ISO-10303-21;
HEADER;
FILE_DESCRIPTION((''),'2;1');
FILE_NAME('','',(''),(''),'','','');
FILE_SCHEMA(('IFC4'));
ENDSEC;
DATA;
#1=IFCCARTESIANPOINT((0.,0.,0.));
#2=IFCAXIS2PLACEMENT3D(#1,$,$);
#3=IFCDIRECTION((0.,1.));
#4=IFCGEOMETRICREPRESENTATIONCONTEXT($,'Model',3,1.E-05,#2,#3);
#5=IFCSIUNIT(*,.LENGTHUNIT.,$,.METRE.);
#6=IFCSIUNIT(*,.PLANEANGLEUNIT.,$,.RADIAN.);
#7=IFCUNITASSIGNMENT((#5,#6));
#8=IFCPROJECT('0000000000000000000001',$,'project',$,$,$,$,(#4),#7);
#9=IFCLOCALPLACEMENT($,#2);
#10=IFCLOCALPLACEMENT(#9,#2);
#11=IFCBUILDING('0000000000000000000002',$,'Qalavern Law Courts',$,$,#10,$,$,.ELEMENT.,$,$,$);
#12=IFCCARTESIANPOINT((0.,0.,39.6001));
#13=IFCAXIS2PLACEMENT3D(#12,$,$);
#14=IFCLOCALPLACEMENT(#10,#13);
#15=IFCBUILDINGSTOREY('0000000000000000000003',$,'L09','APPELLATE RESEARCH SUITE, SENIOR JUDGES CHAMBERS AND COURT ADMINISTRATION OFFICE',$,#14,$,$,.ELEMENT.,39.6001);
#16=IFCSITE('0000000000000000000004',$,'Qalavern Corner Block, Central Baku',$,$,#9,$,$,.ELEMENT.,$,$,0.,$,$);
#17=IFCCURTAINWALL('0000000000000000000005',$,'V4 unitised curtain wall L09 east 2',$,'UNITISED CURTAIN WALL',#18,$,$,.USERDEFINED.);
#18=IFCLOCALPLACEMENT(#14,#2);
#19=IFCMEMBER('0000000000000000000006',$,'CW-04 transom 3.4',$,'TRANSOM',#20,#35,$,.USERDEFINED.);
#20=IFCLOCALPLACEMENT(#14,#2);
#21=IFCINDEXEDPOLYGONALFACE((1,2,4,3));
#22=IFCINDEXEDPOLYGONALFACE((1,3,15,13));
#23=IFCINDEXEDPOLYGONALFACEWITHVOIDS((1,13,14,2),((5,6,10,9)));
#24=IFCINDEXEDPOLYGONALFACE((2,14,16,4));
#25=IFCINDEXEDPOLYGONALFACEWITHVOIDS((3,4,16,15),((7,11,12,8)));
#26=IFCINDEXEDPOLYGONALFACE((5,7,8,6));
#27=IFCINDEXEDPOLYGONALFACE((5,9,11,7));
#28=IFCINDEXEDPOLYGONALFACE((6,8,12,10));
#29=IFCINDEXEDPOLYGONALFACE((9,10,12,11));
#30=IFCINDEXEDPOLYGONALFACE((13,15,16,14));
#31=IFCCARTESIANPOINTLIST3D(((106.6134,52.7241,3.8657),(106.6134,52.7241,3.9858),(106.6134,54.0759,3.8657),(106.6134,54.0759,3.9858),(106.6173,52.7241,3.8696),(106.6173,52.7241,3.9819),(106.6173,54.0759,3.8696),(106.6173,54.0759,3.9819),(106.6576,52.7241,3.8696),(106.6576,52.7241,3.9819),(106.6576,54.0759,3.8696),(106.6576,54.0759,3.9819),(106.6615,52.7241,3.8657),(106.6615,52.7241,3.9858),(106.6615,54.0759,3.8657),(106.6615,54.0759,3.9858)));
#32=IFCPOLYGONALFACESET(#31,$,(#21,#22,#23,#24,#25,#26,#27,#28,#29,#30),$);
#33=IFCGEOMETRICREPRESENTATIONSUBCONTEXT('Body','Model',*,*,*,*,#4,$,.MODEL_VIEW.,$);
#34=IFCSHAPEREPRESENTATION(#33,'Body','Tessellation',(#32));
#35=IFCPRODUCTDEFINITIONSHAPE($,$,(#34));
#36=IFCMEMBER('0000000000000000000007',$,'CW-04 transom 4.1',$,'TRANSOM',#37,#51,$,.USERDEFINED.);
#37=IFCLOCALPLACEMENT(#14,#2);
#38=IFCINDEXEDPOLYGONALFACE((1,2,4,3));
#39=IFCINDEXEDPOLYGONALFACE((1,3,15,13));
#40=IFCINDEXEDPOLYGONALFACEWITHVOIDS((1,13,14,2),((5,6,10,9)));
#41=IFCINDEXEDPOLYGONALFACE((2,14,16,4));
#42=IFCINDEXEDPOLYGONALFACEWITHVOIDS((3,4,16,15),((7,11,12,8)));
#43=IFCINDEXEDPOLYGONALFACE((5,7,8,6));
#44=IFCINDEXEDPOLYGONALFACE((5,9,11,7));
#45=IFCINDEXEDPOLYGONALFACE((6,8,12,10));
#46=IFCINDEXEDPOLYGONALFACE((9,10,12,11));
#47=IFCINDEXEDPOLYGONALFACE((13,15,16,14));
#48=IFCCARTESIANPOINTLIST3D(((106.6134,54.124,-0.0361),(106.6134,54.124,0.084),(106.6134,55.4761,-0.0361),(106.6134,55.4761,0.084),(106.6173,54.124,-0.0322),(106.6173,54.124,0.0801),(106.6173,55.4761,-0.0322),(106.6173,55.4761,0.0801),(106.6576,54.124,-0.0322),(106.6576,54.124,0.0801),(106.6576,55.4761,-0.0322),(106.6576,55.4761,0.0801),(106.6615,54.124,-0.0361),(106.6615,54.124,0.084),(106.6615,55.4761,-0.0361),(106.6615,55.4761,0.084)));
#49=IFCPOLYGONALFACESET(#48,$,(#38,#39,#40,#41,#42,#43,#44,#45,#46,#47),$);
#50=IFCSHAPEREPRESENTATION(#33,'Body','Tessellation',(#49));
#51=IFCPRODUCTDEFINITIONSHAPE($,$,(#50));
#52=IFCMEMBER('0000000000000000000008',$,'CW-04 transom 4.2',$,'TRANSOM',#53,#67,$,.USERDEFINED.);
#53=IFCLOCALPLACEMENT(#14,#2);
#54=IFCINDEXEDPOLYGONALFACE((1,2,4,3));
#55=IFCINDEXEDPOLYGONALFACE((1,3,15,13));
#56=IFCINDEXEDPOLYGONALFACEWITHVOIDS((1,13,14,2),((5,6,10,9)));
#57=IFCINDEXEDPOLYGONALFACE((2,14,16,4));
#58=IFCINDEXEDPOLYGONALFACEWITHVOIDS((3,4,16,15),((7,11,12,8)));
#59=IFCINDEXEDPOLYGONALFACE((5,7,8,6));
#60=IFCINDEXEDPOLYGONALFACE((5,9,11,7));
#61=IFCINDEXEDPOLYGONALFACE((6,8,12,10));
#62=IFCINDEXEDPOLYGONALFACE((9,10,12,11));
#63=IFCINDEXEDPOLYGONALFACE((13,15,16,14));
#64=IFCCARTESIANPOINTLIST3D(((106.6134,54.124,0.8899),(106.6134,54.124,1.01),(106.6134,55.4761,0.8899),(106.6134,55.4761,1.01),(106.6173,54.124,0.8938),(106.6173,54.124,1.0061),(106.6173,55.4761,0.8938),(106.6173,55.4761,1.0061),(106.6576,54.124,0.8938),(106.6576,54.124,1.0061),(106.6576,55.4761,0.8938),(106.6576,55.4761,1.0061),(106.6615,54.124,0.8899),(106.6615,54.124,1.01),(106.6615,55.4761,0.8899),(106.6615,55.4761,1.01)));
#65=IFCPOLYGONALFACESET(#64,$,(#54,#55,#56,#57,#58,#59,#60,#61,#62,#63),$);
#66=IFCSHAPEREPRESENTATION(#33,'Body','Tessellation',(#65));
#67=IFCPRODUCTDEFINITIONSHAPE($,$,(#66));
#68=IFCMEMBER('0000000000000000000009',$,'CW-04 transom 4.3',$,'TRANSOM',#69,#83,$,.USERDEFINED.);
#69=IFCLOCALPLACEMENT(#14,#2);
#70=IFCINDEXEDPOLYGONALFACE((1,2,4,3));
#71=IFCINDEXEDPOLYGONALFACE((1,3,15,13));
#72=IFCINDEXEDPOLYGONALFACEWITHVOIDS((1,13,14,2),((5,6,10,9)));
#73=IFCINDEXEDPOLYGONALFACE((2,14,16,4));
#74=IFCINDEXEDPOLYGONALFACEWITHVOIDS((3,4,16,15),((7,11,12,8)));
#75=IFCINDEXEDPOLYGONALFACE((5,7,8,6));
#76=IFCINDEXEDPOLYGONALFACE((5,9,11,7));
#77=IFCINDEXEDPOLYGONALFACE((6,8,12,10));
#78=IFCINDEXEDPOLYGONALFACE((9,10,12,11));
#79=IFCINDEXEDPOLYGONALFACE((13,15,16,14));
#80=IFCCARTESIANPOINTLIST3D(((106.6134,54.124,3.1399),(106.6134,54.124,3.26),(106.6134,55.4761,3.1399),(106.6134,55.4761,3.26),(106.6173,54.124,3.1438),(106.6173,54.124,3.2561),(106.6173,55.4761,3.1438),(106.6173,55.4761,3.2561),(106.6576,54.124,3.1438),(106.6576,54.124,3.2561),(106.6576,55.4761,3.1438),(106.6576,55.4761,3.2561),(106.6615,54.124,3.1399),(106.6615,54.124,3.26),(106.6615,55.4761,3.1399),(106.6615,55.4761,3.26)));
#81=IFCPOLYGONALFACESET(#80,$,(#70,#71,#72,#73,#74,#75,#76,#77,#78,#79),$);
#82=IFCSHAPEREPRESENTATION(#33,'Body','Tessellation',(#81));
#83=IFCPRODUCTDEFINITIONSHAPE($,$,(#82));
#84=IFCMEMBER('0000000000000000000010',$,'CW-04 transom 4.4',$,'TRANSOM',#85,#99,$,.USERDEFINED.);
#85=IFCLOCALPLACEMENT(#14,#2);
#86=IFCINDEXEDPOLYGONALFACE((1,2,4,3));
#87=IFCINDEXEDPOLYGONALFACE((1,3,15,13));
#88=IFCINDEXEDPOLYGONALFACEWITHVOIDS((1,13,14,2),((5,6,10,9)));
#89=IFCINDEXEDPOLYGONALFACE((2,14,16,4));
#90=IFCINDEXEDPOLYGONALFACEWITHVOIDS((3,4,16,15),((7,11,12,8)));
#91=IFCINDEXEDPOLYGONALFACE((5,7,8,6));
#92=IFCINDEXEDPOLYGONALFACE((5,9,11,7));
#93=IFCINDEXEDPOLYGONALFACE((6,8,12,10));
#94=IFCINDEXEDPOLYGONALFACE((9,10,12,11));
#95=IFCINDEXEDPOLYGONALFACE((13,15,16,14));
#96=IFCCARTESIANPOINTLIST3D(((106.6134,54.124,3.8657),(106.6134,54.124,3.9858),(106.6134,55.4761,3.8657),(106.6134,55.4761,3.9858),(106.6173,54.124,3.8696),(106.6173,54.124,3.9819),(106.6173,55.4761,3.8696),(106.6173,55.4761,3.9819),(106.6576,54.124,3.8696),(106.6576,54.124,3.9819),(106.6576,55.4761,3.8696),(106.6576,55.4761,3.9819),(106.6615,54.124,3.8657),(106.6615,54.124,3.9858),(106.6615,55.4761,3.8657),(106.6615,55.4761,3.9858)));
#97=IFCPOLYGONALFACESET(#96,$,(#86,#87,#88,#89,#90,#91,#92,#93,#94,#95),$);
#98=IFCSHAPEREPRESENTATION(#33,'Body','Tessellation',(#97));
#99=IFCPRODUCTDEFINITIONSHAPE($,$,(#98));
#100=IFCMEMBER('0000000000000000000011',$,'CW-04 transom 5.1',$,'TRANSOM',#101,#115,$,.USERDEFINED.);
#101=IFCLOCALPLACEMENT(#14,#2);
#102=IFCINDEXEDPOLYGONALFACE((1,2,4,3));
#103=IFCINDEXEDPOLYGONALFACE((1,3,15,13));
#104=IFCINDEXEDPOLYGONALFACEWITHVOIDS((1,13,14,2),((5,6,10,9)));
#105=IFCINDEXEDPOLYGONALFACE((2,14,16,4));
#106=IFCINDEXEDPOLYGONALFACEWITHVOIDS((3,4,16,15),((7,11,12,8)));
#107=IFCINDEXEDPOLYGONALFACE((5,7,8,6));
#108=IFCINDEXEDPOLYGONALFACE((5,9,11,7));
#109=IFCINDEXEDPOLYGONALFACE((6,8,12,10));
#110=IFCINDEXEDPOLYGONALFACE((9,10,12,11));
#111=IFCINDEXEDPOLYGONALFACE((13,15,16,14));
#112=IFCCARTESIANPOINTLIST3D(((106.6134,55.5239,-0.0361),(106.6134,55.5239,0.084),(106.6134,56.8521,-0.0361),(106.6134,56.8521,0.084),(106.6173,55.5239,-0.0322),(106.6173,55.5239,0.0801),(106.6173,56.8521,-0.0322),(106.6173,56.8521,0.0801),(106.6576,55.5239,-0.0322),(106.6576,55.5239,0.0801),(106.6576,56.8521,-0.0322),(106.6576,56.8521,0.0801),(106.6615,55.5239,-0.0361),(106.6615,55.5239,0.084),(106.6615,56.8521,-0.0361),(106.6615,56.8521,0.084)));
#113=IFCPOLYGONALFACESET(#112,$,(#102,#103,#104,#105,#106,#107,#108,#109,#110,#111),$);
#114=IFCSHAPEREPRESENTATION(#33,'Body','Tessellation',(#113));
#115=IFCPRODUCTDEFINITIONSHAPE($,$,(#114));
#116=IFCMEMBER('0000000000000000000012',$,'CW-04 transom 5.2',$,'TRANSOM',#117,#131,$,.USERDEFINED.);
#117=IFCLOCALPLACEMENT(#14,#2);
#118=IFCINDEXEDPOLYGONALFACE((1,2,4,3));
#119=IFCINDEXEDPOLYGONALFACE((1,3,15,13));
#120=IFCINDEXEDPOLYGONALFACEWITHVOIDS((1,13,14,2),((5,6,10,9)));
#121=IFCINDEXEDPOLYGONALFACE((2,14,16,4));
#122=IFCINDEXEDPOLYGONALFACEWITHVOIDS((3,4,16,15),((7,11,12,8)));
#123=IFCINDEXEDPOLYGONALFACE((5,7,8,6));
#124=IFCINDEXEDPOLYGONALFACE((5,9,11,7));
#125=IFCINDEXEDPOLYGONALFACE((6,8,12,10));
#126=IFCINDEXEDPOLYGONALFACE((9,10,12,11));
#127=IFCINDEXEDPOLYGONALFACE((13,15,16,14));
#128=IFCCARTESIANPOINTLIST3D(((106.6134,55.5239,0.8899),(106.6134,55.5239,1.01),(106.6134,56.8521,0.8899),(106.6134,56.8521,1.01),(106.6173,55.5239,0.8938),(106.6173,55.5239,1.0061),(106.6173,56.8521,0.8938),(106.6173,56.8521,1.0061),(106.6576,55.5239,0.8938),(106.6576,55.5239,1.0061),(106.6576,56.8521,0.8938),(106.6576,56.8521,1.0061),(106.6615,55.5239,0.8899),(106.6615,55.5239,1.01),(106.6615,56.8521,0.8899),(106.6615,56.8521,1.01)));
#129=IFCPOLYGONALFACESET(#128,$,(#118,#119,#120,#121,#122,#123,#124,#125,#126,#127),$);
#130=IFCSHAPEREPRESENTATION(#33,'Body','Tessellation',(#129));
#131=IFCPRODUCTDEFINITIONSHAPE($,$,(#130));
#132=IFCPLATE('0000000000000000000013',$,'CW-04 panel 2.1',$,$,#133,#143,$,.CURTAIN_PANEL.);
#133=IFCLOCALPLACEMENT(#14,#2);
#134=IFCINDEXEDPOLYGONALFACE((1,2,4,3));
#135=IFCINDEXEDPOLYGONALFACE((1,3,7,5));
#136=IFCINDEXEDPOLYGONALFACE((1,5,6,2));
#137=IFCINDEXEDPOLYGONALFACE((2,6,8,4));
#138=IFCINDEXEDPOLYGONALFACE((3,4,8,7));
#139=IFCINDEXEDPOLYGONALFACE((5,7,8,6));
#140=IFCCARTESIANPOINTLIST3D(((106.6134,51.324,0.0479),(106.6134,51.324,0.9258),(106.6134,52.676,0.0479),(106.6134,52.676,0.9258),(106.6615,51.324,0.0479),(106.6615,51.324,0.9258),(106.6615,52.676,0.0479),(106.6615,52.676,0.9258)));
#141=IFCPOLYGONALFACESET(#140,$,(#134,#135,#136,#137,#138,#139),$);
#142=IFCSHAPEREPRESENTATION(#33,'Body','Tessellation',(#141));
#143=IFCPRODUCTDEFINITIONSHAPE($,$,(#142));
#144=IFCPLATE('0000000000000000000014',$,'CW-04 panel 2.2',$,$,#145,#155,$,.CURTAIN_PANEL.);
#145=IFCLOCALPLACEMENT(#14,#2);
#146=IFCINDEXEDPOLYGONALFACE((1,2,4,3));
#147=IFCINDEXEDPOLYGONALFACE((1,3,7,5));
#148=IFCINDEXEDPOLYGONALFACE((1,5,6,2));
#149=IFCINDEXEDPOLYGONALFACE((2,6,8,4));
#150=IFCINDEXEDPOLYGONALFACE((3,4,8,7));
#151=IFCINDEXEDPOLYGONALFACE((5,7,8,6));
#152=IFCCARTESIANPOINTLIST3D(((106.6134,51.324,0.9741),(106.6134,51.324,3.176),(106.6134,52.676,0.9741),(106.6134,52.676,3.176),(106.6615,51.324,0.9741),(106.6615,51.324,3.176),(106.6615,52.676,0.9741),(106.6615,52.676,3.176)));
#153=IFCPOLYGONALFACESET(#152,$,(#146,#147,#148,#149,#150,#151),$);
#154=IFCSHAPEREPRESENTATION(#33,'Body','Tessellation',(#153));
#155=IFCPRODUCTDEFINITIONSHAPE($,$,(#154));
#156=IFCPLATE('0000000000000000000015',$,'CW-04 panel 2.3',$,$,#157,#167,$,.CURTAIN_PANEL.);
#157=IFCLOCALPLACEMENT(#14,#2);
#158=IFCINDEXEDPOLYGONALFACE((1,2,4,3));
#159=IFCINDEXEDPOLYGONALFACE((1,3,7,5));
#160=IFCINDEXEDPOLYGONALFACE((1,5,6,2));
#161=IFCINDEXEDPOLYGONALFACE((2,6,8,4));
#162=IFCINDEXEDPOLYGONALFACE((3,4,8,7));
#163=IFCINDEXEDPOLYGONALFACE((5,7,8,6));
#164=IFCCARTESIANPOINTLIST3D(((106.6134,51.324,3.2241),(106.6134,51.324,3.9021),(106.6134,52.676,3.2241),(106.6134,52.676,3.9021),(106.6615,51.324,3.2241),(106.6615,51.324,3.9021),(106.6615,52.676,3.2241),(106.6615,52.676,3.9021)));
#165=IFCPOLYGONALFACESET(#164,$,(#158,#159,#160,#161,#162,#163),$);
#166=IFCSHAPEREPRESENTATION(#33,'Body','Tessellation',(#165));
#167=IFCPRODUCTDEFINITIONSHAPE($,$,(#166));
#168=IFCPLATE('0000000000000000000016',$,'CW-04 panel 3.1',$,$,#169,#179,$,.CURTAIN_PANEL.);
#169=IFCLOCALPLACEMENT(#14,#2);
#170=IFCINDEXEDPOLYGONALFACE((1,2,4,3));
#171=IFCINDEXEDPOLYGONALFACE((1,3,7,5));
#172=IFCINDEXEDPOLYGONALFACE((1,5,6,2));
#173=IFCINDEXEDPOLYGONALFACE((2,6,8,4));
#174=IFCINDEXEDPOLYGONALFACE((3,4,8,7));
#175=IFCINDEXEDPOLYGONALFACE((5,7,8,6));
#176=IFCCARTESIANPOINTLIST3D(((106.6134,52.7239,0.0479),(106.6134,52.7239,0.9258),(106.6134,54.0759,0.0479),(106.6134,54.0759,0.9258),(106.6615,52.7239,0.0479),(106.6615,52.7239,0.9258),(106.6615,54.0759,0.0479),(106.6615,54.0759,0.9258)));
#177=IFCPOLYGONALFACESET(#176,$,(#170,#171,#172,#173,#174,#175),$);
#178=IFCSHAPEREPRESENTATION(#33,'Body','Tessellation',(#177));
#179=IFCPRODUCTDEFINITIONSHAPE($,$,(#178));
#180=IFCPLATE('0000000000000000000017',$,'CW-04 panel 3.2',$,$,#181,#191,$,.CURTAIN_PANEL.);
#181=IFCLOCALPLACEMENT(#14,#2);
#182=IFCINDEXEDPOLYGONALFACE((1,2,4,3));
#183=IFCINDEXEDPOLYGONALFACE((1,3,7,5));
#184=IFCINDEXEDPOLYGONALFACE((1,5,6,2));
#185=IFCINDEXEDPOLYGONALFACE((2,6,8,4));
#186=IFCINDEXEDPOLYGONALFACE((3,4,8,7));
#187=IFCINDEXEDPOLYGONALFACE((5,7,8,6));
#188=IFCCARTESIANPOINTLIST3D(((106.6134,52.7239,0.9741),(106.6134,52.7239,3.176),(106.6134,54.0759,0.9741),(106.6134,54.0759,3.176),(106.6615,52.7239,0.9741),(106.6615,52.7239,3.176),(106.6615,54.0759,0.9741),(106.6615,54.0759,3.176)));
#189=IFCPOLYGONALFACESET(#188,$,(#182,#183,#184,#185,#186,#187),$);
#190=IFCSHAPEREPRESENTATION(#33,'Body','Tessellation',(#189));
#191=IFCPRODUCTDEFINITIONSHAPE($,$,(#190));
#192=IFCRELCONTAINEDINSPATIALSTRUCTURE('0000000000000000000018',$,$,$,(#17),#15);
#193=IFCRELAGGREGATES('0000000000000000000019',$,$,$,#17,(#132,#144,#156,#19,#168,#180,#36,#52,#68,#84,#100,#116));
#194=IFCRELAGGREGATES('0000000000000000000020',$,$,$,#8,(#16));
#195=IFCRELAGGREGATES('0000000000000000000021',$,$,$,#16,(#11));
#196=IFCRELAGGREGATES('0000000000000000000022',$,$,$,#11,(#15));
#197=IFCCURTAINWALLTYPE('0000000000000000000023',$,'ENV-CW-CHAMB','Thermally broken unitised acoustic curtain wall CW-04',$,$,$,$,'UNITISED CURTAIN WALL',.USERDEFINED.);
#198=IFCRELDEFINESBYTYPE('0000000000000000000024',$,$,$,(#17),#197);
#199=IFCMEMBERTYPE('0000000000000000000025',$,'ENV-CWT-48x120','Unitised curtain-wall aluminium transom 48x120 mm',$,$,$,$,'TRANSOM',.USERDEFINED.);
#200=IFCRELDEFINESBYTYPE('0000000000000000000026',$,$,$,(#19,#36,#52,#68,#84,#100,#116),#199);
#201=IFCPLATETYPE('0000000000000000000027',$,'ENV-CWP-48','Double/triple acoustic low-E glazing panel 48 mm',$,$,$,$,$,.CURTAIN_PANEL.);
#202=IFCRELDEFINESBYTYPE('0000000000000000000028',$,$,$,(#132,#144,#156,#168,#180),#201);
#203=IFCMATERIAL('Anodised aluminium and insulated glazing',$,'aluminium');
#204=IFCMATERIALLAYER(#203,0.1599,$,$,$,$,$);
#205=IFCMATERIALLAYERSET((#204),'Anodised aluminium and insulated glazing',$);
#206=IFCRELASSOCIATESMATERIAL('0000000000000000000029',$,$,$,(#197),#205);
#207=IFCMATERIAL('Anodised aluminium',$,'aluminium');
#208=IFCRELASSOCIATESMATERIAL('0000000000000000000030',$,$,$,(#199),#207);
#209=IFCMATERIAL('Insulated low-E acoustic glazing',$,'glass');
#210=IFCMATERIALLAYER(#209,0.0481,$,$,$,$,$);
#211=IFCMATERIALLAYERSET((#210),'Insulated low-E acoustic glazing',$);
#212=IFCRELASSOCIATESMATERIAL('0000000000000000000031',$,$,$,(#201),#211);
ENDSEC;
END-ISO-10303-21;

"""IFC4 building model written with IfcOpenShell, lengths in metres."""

from ifc_helpers import new_model, si_unit, direction, frame, origin, origin_2d, place, context, subcontext, project, spatial, rectangle, hollow_rectangle, extrude, material, layer, layer_set, material_profile, profile_set, type_object, element, aggregate, save


model = new_model("IFC4")

# Units and contexts
model_context = context("Model", 3, precision=1e-05, world=origin(), true_north=direction((0.0, 1.0)))
body_context = subcontext(model_context, "Body", "Model", "MODEL_VIEW")
ifc_project = project(units=[si_unit("LENGTHUNIT", "METRE"), si_unit("PLANEANGLEUNIT", "RADIAN")], contexts=[model_context])

# Site, building, storey
site_placement = place(None, origin())
site = spatial("IfcSite", under=ifc_project, at=site_placement, Name="Qalavern Corner Block, Central Baku", CompositionType="ELEMENT", RefElevation=0.0)
building_placement = place(site_placement, origin())
building = spatial("IfcBuilding", under=site, at=building_placement, Name="Qalavern Law Courts", CompositionType="ELEMENT")
storey_placement = place(building_placement, frame((0.0, 0.0, 39.6001)))
storey = spatial("IfcBuildingStorey", under=building, at=storey_placement, Name="L09", Description="APPELLATE RESEARCH SUITE, SENIOR JUDGES CHAMBERS AND COURT ADMINISTRATION OFFICE", CompositionType="ELEMENT", Elevation=39.6001)

# Curtain wall, members, plates
ifc_material_1 = material(Name="Anodised aluminium and insulated glazing", Category="aluminium")
ifc_layer_1 = layer(ifc_material_1, 0.1599)
ifc_layer_set_1 = layer_set([ifc_layer_1], Name="Anodised aluminium and insulated glazing")
curtain_wall_type = type_object("IfcCurtainWallType", Name="ENV-CW-CHAMB", Description="Thermally broken unitised acoustic curtain wall CW-04", ElementType="UNITISED CURTAIN WALL", PredefinedType="USERDEFINED", material=ifc_layer_set_1)
curtain_wall_placement = place(storey_placement, origin())
curtain_wall = element("IfcCurtainWall", 1, at=curtain_wall_placement, inside=storey, type_object=curtain_wall_type, Name="V4 unitised curtain wall L09 east 2", ObjectType="UNITISED CURTAIN WALL", PredefinedType="USERDEFINED")
ifc_material_2 = material(Name="Anodised aluminium", Category="aluminium")
ifc_material_profile_1 = material_profile(ifc_material_2, hollow_rectangle(XDim=0.0481, YDim=0.1201, WallThickness=0.0039, at=origin_2d()), Name="ALU TRANSOM 48x120")
ifc_profile_set_1 = profile_set([ifc_material_profile_1], Name="Anodised aluminium")
member_type_1 = type_object("IfcMemberType", Name="ENV-CWT-48x120", Description="Unitised curtain-wall aluminium transom 48x120 mm", ElementType="TRANSOM", PredefinedType="USERDEFINED", material=ifc_profile_set_1)
member_1_placement = place(storey_placement, frame((106.6375, 52.7241, 3.9258), z_axis=(0.0, 1.0, 0.0), x_axis=(-1.0, 0.0, 0.0)))
member_1 = element("IfcMember", 2, at=member_1_placement, type_object=member_type_1, Name="CW-04 transom 3.4", ObjectType="TRANSOM", PredefinedType="USERDEFINED", context=body_context, shape_type="SweptSolid", body=[
    extrude(hollow_rectangle(XDim=0.0481, YDim=0.1201, WallThickness=0.0039, at=origin_2d()), origin(), (0.0, 0.0, 1.0), 1.3518),
])
member_2_placement = place(storey_placement, frame((106.6375, 54.124, 0.0239), z_axis=(0.0, 1.0, 0.0), x_axis=(-1.0, 0.0, 0.0)))
member_2 = element("IfcMember", 3, at=member_2_placement, type_object=member_type_1, Name="CW-04 transom 4.1", ObjectType="TRANSOM", PredefinedType="USERDEFINED", context=body_context, shape_type="SweptSolid", body=[
    extrude(hollow_rectangle(XDim=0.0481, YDim=0.1201, WallThickness=0.0039, at=origin_2d()), origin(), (0.0, 0.0, 1.0), 1.3521),
])
member_3_placement = place(storey_placement, frame((106.6375, 54.124, 0.95), z_axis=(0.0, 1.0, 0.0), x_axis=(-1.0, 0.0, 0.0)))
member_3 = element("IfcMember", 4, at=member_3_placement, type_object=member_type_1, Name="CW-04 transom 4.2", ObjectType="TRANSOM", PredefinedType="USERDEFINED", context=body_context, shape_type="SweptSolid", body=[
    extrude(hollow_rectangle(XDim=0.0481, YDim=0.1201, WallThickness=0.0039, at=origin_2d()), origin(), (0.0, 0.0, 1.0), 1.3521),
])
member_4_placement = place(storey_placement, frame((106.6375, 54.124, 3.2), z_axis=(0.0, 1.0, 0.0), x_axis=(-1.0, 0.0, 0.0)))
member_4 = element("IfcMember", 5, at=member_4_placement, type_object=member_type_1, Name="CW-04 transom 4.3", ObjectType="TRANSOM", PredefinedType="USERDEFINED", context=body_context, shape_type="SweptSolid", body=[
    extrude(hollow_rectangle(XDim=0.0481, YDim=0.1201, WallThickness=0.0039, at=origin_2d()), origin(), (0.0, 0.0, 1.0), 1.3521),
])
member_5_placement = place(storey_placement, frame((106.6375, 54.124, 3.9258), z_axis=(0.0, 1.0, 0.0), x_axis=(-1.0, 0.0, 0.0)))
member_5 = element("IfcMember", 6, at=member_5_placement, type_object=member_type_1, Name="CW-04 transom 4.4", ObjectType="TRANSOM", PredefinedType="USERDEFINED", context=body_context, shape_type="SweptSolid", body=[
    extrude(hollow_rectangle(XDim=0.0481, YDim=0.1201, WallThickness=0.0039, at=origin_2d()), origin(), (0.0, 0.0, 1.0), 1.3521),
])
member_6_placement = place(storey_placement, frame((106.6375, 55.5239, 0.0239), z_axis=(0.0, 1.0, 0.0), x_axis=(-1.0, 0.0, 0.0)))
member_6 = element("IfcMember", 7, at=member_6_placement, type_object=member_type_1, Name="CW-04 transom 5.1", ObjectType="TRANSOM", PredefinedType="USERDEFINED", context=body_context, shape_type="SweptSolid", body=[
    extrude(hollow_rectangle(XDim=0.0481, YDim=0.1201, WallThickness=0.0039, at=origin_2d()), origin(), (0.0, 0.0, 1.0), 1.3281),
])
member_7_placement = place(storey_placement, frame((106.6375, 55.5239, 0.95), z_axis=(0.0, 1.0, 0.0), x_axis=(-1.0, 0.0, 0.0)))
member_7 = element("IfcMember", 8, at=member_7_placement, type_object=member_type_1, Name="CW-04 transom 5.2", ObjectType="TRANSOM", PredefinedType="USERDEFINED", context=body_context, shape_type="SweptSolid", body=[
    extrude(hollow_rectangle(XDim=0.0481, YDim=0.1201, WallThickness=0.0039, at=origin_2d()), origin(), (0.0, 0.0, 1.0), 1.3281),
])
ifc_material_3 = material(Name="Insulated low-E acoustic glazing", Category="glass")
ifc_layer_2 = layer(ifc_material_3, 0.0481)
ifc_layer_set_2 = layer_set([ifc_layer_2], Name="Insulated low-E acoustic glazing")
plate_type = type_object("IfcPlateType", Name="ENV-CWP-48", Description="Double/triple acoustic low-E glazing panel 48 mm", PredefinedType="CURTAIN_PANEL", material=ifc_layer_set_2)
plate_1_placement = place(storey_placement, frame((106.6375, 52.0, 0.0479), z_axis=(0.0, 0.0, 1.0), x_axis=(0.0, 1.0, 0.0)))
plate_1 = element("IfcPlate", 9, at=plate_1_placement, type_object=plate_type, Name="CW-04 panel 2.1", PredefinedType="CURTAIN_PANEL", context=body_context, shape_type="SweptSolid", body=[
    extrude(rectangle(XDim=1.3521, YDim=0.0481, at=origin_2d()), origin(), (0.0, 0.0, 1.0), 0.8779),
])
plate_2_placement = place(storey_placement, frame((106.6375, 52.0, 0.9741), z_axis=(0.0, 0.0, 1.0), x_axis=(0.0, 1.0, 0.0)))
plate_2 = element("IfcPlate", 10, at=plate_2_placement, type_object=plate_type, Name="CW-04 panel 2.2", PredefinedType="CURTAIN_PANEL", context=body_context, shape_type="SweptSolid", body=[
    extrude(rectangle(XDim=1.3521, YDim=0.0481, at=origin_2d()), origin(), (0.0, 0.0, 1.0), 2.2019),
])
plate_3_placement = place(storey_placement, frame((106.6375, 52.0, 3.2241), z_axis=(0.0, 0.0, 1.0), x_axis=(0.0, 1.0, 0.0)))
plate_3 = element("IfcPlate", 11, at=plate_3_placement, type_object=plate_type, Name="CW-04 panel 2.3", PredefinedType="CURTAIN_PANEL", context=body_context, shape_type="SweptSolid", body=[
    extrude(rectangle(XDim=1.3521, YDim=0.0481, at=origin_2d()), origin(), (0.0, 0.0, 1.0), 0.678),
])
plate_4_placement = place(storey_placement, frame((106.6375, 53.3999, 0.0479), z_axis=(0.0, 0.0, 1.0), x_axis=(0.0, 1.0, 0.0)))
plate_4 = element("IfcPlate", 12, at=plate_4_placement, type_object=plate_type, Name="CW-04 panel 3.1", PredefinedType="CURTAIN_PANEL", context=body_context, shape_type="SweptSolid", body=[
    extrude(rectangle(XDim=1.3521, YDim=0.0481, at=origin_2d()), origin(), (0.0, 0.0, 1.0), 0.8779),
])
plate_5_placement = place(storey_placement, frame((106.6375, 53.3999, 0.9741), z_axis=(0.0, 0.0, 1.0), x_axis=(0.0, 1.0, 0.0)))
plate_5 = element("IfcPlate", 13, at=plate_5_placement, type_object=plate_type, Name="CW-04 panel 3.2", PredefinedType="CURTAIN_PANEL", context=body_context, shape_type="SweptSolid", body=[
    extrude(rectangle(XDim=1.3521, YDim=0.0481, at=origin_2d()), origin(), (0.0, 0.0, 1.0), 2.2019),
])
aggregate(curtain_wall, [plate_1, plate_2, plate_3, member_1, plate_4, plate_5, member_2, member_3, member_4, member_5, member_6, member_7])

save(model, "model.ifc")
